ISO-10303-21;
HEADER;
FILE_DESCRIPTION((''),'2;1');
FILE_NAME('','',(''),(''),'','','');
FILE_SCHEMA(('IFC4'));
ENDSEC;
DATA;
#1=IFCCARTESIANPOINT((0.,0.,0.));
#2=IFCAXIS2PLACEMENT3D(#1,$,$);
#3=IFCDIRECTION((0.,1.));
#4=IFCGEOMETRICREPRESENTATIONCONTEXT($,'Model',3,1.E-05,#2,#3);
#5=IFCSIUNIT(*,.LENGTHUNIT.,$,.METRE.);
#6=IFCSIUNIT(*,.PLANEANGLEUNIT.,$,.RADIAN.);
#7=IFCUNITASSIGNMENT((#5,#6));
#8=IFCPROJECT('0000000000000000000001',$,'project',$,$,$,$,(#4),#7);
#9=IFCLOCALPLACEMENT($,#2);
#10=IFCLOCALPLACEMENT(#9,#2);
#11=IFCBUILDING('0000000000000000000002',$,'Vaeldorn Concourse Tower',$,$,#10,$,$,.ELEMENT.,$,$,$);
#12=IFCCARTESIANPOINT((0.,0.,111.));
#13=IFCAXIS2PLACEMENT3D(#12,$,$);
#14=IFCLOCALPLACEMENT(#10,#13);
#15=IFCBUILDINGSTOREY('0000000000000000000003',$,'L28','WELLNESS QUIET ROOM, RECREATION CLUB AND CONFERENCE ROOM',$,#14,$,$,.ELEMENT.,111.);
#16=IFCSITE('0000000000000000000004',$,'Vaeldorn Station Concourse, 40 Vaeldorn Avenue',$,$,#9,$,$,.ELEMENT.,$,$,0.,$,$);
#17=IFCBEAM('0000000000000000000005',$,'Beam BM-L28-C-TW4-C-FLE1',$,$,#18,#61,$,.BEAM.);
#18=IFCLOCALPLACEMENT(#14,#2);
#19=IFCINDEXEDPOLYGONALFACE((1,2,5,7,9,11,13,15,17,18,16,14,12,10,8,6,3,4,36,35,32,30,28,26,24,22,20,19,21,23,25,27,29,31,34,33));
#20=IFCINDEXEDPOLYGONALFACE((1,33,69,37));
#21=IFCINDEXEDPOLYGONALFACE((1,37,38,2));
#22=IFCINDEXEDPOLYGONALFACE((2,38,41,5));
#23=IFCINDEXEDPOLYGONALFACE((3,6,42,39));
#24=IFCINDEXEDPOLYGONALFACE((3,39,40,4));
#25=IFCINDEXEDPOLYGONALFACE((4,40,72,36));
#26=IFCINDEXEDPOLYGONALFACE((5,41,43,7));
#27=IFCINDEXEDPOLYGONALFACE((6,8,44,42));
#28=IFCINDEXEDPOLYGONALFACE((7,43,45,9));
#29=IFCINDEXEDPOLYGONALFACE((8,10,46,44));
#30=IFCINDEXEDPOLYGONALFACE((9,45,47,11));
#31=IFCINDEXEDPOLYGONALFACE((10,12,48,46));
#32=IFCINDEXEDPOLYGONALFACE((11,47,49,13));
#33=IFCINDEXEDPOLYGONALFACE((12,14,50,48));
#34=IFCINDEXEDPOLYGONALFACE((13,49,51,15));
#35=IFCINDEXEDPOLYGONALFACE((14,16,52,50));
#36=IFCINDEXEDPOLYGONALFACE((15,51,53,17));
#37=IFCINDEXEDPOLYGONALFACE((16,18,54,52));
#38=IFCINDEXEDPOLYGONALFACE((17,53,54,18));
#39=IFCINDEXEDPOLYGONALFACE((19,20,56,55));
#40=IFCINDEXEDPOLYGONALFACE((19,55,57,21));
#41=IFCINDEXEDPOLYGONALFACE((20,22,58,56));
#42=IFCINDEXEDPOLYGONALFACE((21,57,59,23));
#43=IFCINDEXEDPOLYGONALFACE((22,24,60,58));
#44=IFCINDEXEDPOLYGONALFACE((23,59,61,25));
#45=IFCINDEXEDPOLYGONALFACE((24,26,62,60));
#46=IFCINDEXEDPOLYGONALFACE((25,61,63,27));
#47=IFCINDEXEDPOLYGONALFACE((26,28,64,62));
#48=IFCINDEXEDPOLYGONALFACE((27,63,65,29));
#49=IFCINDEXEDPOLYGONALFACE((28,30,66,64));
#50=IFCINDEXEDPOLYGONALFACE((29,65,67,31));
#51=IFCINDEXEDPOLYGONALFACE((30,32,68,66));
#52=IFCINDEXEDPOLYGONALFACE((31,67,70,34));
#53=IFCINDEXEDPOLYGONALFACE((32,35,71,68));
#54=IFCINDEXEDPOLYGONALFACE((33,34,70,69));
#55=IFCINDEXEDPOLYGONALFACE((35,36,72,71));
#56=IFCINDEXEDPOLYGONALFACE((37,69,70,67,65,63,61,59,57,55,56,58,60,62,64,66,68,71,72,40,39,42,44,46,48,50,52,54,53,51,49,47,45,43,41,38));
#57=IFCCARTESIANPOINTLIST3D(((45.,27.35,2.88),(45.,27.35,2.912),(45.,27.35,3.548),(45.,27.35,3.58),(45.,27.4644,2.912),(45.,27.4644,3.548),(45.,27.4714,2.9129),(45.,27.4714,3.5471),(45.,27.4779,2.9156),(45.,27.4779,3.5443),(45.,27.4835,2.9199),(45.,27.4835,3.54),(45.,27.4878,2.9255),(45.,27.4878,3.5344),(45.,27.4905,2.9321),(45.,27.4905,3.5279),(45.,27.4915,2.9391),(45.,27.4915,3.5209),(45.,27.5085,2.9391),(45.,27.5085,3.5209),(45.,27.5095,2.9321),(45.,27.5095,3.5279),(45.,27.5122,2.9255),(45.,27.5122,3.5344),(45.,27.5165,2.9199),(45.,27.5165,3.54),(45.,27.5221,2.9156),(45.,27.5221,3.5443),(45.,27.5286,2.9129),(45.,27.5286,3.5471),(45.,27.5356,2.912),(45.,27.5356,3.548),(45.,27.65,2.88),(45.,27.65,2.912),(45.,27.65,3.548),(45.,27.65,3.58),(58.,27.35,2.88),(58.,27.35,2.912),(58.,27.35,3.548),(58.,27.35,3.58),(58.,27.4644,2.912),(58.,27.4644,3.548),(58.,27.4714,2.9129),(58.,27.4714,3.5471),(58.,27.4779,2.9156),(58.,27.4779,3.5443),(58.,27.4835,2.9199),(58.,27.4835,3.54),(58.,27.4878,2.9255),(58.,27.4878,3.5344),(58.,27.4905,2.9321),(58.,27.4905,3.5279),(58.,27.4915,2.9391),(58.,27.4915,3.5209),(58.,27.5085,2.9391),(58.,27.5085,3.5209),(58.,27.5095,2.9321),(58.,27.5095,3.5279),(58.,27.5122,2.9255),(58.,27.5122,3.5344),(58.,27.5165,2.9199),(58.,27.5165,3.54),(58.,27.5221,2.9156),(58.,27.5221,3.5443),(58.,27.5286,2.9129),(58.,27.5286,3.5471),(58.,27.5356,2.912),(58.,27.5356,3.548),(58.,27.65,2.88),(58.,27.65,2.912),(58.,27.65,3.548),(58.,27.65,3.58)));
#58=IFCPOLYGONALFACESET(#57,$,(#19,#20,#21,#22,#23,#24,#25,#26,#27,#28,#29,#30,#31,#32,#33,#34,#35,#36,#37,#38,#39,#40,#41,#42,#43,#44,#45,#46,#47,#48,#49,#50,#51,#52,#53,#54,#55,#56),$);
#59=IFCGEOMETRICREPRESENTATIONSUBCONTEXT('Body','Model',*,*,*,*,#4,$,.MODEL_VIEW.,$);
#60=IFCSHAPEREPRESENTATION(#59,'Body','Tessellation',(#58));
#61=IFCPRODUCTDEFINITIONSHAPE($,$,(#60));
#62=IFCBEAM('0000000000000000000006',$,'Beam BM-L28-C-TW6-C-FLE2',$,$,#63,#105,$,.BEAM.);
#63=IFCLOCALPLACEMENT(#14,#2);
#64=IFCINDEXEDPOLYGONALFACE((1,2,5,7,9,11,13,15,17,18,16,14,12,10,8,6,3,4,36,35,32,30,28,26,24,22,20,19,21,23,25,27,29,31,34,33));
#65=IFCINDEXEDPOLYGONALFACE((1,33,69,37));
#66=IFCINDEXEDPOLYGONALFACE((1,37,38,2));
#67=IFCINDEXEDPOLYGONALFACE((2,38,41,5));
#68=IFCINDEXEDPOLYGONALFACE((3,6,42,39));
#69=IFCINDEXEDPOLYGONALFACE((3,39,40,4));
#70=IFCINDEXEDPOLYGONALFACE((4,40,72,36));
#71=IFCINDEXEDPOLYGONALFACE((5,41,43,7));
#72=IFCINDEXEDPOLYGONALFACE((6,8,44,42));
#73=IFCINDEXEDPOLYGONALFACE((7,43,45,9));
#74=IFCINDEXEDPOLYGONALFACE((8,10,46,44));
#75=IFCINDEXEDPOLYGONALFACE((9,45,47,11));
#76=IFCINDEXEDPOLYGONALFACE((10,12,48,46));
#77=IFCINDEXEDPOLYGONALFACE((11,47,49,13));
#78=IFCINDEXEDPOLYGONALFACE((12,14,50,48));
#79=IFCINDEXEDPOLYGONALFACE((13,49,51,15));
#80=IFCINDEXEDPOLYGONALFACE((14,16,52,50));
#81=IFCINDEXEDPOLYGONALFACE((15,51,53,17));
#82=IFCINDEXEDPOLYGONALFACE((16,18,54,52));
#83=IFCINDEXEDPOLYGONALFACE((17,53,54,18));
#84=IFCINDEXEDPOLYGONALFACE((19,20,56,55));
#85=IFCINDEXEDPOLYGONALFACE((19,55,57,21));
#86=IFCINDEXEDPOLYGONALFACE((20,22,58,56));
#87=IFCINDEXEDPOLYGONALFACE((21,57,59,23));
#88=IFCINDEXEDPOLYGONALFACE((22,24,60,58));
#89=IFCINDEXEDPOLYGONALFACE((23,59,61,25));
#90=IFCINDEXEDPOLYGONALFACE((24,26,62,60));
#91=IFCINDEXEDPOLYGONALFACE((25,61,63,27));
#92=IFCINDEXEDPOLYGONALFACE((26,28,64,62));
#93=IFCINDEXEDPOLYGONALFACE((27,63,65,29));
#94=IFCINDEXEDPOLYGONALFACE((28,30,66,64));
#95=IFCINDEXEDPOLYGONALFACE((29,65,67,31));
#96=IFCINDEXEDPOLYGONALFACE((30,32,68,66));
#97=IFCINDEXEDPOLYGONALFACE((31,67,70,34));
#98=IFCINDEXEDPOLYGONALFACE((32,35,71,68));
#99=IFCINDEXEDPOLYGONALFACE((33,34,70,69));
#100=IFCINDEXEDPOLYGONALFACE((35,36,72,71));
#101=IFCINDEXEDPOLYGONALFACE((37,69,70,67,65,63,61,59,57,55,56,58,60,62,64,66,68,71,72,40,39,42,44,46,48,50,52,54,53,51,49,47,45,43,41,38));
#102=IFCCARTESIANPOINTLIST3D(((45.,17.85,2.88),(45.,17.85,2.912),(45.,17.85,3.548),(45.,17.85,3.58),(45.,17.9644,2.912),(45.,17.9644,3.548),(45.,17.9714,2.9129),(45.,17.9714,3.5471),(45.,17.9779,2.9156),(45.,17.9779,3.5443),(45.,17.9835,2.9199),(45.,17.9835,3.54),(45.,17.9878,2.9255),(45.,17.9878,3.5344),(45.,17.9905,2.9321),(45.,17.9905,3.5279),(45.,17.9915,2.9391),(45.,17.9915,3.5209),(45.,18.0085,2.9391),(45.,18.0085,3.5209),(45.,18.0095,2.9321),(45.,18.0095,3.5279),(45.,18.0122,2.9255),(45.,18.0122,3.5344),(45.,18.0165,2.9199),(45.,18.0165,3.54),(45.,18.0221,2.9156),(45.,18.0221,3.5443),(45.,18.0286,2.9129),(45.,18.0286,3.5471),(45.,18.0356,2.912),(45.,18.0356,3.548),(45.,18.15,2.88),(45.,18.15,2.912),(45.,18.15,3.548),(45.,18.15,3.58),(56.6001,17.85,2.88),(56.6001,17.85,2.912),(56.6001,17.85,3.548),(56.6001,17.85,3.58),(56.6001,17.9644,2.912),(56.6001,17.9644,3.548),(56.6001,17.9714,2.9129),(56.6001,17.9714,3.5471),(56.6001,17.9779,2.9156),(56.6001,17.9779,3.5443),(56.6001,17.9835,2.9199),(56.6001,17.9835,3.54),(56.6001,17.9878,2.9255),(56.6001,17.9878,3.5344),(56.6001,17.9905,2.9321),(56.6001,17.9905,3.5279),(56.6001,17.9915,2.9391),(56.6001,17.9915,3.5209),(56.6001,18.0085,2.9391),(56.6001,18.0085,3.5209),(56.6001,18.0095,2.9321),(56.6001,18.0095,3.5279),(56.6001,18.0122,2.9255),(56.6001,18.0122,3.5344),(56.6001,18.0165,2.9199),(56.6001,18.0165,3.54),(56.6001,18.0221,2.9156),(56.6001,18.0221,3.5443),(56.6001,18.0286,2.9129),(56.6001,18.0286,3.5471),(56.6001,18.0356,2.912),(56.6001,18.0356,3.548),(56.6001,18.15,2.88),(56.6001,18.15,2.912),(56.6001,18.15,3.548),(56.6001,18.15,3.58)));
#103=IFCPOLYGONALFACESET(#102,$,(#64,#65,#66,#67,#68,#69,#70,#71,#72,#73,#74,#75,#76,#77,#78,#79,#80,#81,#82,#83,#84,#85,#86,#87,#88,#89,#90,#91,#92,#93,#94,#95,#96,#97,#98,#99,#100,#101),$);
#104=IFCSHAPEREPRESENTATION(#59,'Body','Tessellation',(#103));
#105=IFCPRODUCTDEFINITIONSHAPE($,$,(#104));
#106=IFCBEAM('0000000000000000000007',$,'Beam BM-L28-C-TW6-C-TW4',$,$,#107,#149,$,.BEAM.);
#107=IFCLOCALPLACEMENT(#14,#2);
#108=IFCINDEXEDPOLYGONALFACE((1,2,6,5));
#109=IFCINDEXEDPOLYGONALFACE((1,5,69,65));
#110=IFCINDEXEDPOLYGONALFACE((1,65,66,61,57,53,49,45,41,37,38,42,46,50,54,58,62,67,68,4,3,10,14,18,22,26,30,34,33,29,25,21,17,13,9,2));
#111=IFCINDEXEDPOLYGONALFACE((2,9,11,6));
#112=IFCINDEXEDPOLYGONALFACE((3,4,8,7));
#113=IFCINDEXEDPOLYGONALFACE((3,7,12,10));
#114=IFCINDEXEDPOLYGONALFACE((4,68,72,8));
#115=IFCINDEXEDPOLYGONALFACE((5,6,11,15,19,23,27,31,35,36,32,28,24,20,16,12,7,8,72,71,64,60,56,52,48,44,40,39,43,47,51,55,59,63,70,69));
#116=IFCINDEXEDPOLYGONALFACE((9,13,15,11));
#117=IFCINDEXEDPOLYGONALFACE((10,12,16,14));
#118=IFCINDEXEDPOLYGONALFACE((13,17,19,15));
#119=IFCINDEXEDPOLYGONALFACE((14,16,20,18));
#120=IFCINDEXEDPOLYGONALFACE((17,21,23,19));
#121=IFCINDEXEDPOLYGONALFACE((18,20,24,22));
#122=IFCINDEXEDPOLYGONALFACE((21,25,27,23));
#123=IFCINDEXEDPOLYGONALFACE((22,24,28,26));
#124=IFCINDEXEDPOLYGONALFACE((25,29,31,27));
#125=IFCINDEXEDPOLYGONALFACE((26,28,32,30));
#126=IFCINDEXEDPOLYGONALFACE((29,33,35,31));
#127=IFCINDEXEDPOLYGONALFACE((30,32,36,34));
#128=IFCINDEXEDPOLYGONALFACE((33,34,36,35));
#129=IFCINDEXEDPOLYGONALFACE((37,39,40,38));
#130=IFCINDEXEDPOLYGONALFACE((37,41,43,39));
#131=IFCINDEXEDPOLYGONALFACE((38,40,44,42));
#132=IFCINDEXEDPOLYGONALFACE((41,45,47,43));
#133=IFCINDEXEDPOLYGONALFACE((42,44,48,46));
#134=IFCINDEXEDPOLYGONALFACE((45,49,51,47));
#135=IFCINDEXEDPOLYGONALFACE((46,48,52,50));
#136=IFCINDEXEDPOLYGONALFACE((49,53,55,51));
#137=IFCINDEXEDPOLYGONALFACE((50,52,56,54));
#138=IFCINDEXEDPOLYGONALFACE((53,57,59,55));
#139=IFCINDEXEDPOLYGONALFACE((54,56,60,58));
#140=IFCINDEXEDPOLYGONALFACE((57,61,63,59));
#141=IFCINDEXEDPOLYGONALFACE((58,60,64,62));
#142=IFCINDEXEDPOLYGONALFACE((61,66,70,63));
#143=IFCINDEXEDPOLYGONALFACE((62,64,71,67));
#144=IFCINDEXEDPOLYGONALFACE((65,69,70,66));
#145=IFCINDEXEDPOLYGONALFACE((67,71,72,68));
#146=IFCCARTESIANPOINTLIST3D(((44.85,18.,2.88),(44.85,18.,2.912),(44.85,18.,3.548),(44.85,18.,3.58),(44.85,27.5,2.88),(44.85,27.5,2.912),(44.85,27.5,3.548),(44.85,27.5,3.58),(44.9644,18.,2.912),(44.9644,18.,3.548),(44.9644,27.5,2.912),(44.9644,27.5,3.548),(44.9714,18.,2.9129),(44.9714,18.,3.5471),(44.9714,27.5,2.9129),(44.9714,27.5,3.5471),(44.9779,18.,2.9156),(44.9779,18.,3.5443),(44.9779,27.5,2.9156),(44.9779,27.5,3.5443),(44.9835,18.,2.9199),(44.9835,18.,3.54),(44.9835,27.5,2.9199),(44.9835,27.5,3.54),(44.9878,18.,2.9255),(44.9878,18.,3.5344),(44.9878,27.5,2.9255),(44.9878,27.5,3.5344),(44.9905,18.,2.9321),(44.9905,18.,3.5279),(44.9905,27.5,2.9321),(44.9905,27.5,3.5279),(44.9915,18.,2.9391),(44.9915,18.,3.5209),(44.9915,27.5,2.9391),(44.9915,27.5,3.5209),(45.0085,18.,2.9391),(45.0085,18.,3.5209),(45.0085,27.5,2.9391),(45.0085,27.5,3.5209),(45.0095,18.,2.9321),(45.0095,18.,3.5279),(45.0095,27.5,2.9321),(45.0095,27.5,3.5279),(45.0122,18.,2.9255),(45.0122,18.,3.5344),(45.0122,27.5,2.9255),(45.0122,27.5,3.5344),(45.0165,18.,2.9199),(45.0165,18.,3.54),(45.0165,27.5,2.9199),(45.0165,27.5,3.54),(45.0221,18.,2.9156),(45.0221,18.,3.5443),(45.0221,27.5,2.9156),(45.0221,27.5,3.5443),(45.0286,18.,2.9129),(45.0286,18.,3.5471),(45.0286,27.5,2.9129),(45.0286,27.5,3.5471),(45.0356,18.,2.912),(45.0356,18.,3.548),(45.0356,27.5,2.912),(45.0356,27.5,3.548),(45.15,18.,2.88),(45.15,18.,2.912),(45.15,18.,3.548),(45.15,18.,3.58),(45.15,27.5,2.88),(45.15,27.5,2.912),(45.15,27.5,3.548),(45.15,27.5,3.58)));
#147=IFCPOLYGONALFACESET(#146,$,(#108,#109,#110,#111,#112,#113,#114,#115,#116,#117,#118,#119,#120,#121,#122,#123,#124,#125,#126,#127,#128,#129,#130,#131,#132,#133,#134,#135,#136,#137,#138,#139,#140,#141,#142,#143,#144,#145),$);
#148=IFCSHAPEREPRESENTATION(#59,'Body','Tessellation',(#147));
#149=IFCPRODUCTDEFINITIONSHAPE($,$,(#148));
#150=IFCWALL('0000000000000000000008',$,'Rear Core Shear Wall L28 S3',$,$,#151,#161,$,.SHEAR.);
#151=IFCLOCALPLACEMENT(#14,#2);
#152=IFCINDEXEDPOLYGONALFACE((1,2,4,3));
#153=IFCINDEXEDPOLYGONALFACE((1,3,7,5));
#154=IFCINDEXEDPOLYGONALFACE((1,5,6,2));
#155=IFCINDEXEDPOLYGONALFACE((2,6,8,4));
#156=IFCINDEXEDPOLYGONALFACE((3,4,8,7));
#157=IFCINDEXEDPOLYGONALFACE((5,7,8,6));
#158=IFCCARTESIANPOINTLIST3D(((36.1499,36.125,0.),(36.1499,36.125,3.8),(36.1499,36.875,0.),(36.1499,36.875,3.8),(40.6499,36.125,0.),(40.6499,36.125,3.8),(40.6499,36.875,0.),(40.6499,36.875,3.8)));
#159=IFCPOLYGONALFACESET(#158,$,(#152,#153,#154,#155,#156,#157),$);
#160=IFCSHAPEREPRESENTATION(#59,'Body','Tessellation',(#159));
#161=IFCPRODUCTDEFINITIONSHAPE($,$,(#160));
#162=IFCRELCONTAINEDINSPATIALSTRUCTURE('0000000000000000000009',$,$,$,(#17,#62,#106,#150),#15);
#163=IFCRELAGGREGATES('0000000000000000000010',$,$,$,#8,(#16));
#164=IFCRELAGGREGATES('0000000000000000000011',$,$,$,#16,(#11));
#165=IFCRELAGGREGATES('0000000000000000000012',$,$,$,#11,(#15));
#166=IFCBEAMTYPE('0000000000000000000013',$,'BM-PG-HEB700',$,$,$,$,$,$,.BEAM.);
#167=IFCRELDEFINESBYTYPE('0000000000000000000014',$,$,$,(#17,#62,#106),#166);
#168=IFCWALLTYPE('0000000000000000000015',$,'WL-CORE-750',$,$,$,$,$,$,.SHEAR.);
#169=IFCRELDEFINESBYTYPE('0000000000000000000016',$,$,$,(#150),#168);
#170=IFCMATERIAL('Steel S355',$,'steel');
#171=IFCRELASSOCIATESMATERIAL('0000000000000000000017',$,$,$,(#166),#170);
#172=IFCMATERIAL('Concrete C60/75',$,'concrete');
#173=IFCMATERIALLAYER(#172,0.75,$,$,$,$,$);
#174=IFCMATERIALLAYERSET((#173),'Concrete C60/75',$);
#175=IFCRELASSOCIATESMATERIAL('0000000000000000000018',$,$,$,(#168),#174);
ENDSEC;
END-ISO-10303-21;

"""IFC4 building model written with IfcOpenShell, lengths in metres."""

from ifc_helpers import new_model, si_unit, direction, frame, frame_2d, origin, origin_2d, place, context, subcontext, project, spatial, rectangle, i_section, extrude, source, transform, mapped, material, layer, layer_set, material_profile, profile_set, type_object, element, save


model = new_model("IFC4")

# Units and contexts
model_context = context("Model", 3, precision=1e-05, world=origin(), true_north=direction((0.0, 1.0)))
body_context = subcontext(model_context, "Body", "Model", "MODEL_VIEW")
ifc_project = project(units=[si_unit("LENGTHUNIT", "METRE"), si_unit("PLANEANGLEUNIT", "RADIAN")], contexts=[model_context])

# Site, building, storey
site_placement = place(None, origin())
site = spatial("IfcSite", under=ifc_project, at=site_placement, Name="Vaeldorn Station Concourse, 40 Vaeldorn Avenue", CompositionType="ELEMENT", RefElevation=0.0)
building_placement = place(site_placement, origin())
building = spatial("IfcBuilding", under=site, at=building_placement, Name="Vaeldorn Concourse Tower", CompositionType="ELEMENT")
storey_placement = place(building_placement, frame((0.0, 0.0, 111.0)))
storey = spatial("IfcBuildingStorey", under=building, at=storey_placement, Name="L28", Description="WELLNESS QUIET ROOM, RECREATION CLUB AND CONFERENCE ROOM", CompositionType="ELEMENT", Elevation=111.0)

# Beams
ifc_material_1 = material(Name="Steel S355", Category="steel")
ifc_material_profile_1 = material_profile(ifc_material_1, i_section(OverallWidth=0.3, OverallDepth=0.7, WebThickness=0.0171, FlangeThickness=0.032, FilletRadius=0.0271, at=origin_2d()), Name="HEB 700")
ifc_profile_set_1 = profile_set([ifc_material_profile_1], Name="Steel S355")
beam_type_1 = type_object("IfcBeamType", Name="BM-PG-HEB700", PredefinedType="BEAM", material=ifc_profile_set_1)
shared_shape_1 = source(origin(), body_context, "Body", "SweptSolid", [
    extrude(i_section(OverallWidth=0.3, OverallDepth=0.7, WebThickness=0.0171, FlangeThickness=0.032, FilletRadius=0.0271, at=origin_2d()), origin(), (0.0, 0.0, 1.0), 13.0),
])
beam_1_placement = place(storey_placement, frame((45.0, 27.5, 3.23), z_axis=(1.0, 0.0, 0.0), x_axis=(0.0, 1.0, 0.0)))
element("IfcBeam", 1, at=beam_1_placement, inside=storey, type_object=beam_type_1, Name="Beam BM-L28-C-TW4-C-FLE1", PredefinedType="BEAM", context=body_context, shape_type="MappedRepresentation", body=[
    mapped(shared_shape_1, transform((0.0, 0.0, 0.0), scale=1.0)),
])
shared_shape_2 = source(origin(), body_context, "Body", "SweptSolid", [
    extrude(i_section(OverallWidth=0.3, OverallDepth=0.7, WebThickness=0.0171, FlangeThickness=0.032, FilletRadius=0.0271, at=origin_2d()), origin(), (0.0, 0.0, 1.0), 11.6001),
])
beam_2_placement = place(storey_placement, frame((45.0, 18.0, 3.23), z_axis=(1.0, 0.0, 0.0), x_axis=(0.0, 1.0, 0.0)))
element("IfcBeam", 2, at=beam_2_placement, inside=storey, type_object=beam_type_1, Name="Beam BM-L28-C-TW6-C-FLE2", PredefinedType="BEAM", context=body_context, shape_type="MappedRepresentation", body=[
    mapped(shared_shape_2, transform((0.0, 0.0, 0.0), scale=1.0)),
])
shared_shape_3 = source(origin(), body_context, "Body", "SweptSolid", [
    extrude(i_section(OverallWidth=0.3, OverallDepth=0.7, WebThickness=0.0171, FlangeThickness=0.032, FilletRadius=0.0271, at=origin_2d()), origin(), (0.0, 0.0, 1.0), 9.5),
])
beam_3_placement = place(storey_placement, frame((45.0, 18.0, 3.23), z_axis=(0.0, 1.0, 0.0), x_axis=(-1.0, 0.0, 0.0)))
element("IfcBeam", 3, at=beam_3_placement, inside=storey, type_object=beam_type_1, Name="Beam BM-L28-C-TW6-C-TW4", PredefinedType="BEAM", context=body_context, shape_type="MappedRepresentation", body=[
    mapped(shared_shape_3, transform((0.0, 0.0, 0.0), scale=1.0)),
])

# Wall
ifc_material_2 = material(Name="Concrete C60/75", Category="concrete")
ifc_layer_1 = layer(ifc_material_2, 0.75)
ifc_layer_set_1 = layer_set([ifc_layer_1], Name="Concrete C60/75")
wall_type_1 = type_object("IfcWallType", Name="WL-CORE-750", PredefinedType="SHEAR", material=ifc_layer_set_1)
wall_1_placement = place(storey_placement, frame((36.1499, 36.5, 0.0), z_axis=(0.0, 0.0, 1.0), x_axis=(1.0, 0.0, 0.0)))
element("IfcWall", 4, at=wall_1_placement, inside=storey, type_object=wall_type_1, Name="Rear Core Shear Wall L28 S3", PredefinedType="SHEAR", context=body_context, shape_type="SweptSolid", body=[
    extrude(rectangle(XDim=4.5, YDim=0.75, at=frame_2d((2.25, 0.0))), origin(), (0.0, 0.0, 1.0), 3.8),
])

save(model, "model.ifc")
